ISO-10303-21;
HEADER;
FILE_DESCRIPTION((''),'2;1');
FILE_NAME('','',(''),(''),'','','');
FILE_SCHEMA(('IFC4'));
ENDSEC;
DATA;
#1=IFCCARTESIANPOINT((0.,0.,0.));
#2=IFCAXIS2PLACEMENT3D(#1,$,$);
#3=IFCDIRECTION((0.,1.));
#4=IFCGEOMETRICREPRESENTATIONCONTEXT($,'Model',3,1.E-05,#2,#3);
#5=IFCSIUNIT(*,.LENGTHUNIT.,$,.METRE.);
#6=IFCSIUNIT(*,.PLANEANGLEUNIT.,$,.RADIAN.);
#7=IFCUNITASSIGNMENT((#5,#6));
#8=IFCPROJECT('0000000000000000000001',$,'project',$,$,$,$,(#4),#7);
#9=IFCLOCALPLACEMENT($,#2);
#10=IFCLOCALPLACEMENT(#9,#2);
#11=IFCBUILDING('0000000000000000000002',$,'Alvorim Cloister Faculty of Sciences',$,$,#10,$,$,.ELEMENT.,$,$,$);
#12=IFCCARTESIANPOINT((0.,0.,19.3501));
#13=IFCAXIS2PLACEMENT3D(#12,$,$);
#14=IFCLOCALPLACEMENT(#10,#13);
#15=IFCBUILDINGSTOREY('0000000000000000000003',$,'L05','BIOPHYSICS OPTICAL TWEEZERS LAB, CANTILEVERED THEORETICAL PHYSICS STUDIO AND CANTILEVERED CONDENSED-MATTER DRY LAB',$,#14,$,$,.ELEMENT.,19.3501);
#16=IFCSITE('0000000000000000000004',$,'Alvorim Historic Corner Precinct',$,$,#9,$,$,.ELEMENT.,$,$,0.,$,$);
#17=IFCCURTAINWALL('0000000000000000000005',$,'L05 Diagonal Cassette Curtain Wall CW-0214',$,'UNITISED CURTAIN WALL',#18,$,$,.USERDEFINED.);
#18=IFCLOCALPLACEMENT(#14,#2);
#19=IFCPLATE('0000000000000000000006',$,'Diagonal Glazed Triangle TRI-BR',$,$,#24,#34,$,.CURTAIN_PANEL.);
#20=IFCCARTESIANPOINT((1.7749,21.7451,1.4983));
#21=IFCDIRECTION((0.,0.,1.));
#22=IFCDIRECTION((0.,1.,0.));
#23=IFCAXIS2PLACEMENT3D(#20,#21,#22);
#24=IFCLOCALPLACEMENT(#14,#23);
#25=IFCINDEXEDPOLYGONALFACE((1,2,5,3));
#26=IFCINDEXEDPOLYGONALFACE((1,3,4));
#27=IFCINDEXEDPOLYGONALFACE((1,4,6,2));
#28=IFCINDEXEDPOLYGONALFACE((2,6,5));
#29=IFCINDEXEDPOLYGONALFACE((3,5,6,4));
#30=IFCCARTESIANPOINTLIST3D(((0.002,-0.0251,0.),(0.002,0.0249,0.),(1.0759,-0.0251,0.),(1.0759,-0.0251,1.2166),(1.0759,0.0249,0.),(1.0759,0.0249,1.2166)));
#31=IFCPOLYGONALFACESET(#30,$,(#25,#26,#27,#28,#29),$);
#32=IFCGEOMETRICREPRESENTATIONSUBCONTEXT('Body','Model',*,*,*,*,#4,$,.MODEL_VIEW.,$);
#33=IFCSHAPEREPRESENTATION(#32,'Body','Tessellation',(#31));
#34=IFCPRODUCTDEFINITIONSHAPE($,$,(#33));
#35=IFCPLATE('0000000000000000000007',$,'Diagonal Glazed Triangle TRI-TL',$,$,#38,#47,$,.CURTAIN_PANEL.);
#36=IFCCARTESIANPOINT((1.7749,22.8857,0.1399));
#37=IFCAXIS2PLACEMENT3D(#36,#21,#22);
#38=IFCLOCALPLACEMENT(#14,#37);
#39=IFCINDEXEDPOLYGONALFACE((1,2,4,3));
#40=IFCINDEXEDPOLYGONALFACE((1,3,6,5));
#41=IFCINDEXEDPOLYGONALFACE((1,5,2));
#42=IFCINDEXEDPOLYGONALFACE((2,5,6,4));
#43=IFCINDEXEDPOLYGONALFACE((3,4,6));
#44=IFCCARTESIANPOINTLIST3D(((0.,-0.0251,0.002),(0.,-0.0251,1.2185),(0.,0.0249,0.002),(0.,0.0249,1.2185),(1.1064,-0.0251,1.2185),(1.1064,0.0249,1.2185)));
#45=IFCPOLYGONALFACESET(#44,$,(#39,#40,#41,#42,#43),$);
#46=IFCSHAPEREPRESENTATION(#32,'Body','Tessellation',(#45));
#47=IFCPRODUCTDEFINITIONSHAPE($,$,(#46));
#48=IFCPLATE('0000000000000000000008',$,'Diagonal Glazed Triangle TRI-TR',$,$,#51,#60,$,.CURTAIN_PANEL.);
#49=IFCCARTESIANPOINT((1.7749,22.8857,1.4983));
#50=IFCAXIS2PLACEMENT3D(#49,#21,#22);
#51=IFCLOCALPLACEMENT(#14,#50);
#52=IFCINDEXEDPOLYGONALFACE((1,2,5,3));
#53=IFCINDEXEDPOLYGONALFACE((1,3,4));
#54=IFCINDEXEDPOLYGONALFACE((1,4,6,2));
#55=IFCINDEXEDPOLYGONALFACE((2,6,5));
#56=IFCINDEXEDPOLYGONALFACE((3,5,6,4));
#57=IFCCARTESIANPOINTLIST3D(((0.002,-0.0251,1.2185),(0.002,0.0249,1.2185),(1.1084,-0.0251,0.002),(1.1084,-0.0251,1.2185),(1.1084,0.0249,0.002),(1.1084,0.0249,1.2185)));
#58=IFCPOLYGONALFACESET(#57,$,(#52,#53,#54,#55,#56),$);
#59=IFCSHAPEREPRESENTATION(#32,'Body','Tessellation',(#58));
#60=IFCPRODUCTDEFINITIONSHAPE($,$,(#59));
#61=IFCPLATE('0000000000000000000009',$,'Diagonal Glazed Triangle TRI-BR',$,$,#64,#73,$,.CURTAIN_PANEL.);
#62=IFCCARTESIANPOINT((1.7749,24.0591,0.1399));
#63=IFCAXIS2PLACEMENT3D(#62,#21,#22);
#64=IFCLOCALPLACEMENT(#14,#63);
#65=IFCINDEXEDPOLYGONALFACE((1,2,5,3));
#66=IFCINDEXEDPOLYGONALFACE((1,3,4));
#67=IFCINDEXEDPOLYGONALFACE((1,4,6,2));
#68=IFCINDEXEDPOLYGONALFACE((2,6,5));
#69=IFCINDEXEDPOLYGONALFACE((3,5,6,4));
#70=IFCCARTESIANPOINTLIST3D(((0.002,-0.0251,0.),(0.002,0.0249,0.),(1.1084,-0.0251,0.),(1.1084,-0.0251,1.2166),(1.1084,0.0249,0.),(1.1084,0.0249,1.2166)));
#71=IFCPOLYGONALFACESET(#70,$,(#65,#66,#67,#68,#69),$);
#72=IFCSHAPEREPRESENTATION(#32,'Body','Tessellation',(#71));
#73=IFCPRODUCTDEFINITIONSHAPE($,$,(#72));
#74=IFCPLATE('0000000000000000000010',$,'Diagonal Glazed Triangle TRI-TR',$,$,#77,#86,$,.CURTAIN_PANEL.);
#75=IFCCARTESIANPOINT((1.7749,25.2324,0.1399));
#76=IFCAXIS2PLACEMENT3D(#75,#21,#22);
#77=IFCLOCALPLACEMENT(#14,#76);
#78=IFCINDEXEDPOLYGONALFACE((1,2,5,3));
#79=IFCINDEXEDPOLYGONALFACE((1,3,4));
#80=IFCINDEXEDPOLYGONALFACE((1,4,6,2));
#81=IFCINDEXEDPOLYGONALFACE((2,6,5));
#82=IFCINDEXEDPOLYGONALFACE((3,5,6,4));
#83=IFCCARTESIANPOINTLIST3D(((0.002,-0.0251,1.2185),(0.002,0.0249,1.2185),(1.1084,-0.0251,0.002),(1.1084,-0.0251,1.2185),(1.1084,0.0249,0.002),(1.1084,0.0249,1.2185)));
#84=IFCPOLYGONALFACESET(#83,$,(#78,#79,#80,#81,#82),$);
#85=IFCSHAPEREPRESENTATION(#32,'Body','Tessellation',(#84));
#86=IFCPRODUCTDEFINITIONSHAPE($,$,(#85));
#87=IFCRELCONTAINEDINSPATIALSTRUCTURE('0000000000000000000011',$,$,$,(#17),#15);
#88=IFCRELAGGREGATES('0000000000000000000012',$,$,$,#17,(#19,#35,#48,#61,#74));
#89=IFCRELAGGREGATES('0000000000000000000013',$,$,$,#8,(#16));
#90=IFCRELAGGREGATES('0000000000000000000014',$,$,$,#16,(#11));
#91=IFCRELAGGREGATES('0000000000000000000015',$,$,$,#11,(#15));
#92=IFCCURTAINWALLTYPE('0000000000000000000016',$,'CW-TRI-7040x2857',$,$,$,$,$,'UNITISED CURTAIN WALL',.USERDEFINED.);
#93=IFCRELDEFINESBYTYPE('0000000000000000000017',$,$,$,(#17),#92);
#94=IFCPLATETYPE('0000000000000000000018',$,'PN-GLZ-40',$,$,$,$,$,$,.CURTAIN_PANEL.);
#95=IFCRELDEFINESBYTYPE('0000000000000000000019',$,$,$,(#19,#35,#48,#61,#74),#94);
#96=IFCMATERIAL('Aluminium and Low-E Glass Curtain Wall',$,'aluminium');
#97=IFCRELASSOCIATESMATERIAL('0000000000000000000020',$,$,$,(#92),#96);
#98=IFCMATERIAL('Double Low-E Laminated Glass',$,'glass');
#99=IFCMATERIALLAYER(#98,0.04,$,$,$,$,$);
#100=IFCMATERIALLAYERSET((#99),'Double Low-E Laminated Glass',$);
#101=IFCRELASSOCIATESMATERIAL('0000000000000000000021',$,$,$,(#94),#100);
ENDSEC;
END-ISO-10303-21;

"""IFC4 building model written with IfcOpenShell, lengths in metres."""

from ifc_helpers import new_model, si_unit, direction, frame, origin, place, context, subcontext, project, spatial, polyline, outline, extrude, material, layer, layer_set, type_object, element, aggregate, save


model = new_model("IFC4")

# Units and contexts
model_context = context("Model", 3, precision=1e-05, world=origin(), true_north=direction((0.0, 1.0)))
body_context = subcontext(model_context, "Body", "Model", "MODEL_VIEW")
ifc_project = project(units=[si_unit("LENGTHUNIT", "METRE"), si_unit("PLANEANGLEUNIT", "RADIAN")], contexts=[model_context])

# Site, building, storey
site_placement = place(None, origin())
site = spatial("IfcSite", under=ifc_project, at=site_placement, Name="Alvorim Historic Corner Precinct", CompositionType="ELEMENT", RefElevation=0.0)
building_placement = place(site_placement, origin())
building = spatial("IfcBuilding", under=site, at=building_placement, Name="Alvorim Cloister Faculty of Sciences", CompositionType="ELEMENT")
storey_placement = place(building_placement, frame((0.0, 0.0, 19.3501)))
storey = spatial("IfcBuildingStorey", under=building, at=storey_placement, Name="L05", Description="BIOPHYSICS OPTICAL TWEEZERS LAB, CANTILEVERED THEORETICAL PHYSICS STUDIO AND CANTILEVERED CONDENSED-MATTER DRY LAB", CompositionType="ELEMENT", Elevation=19.3501)

# Curtain wall, plates
ifc_material_1 = material(Name="Aluminium and Low-E Glass Curtain Wall", Category="aluminium")
curtain_wall_type = type_object("IfcCurtainWallType", Name="CW-TRI-7040x2857", ElementType="UNITISED CURTAIN WALL", PredefinedType="USERDEFINED", material=ifc_material_1)
curtain_wall_placement = place(storey_placement, origin())
curtain_wall = element("IfcCurtainWall", 1, at=curtain_wall_placement, inside=storey, type_object=curtain_wall_type, Name="L05 Diagonal Cassette Curtain Wall CW-0214", ObjectType="UNITISED CURTAIN WALL", PredefinedType="USERDEFINED")
ifc_material_2 = material(Name="Double Low-E Laminated Glass", Category="glass")
ifc_layer_1 = layer(ifc_material_2, 0.04)
ifc_layer_set_1 = layer_set([ifc_layer_1], Name="Double Low-E Laminated Glass")
plate_type = type_object("IfcPlateType", Name="PN-GLZ-40", PredefinedType="CURTAIN_PANEL", material=ifc_layer_set_1)
plate_1_placement = place(storey_placement, frame((1.7749, 21.7451, 1.4983), z_axis=(0.0, 0.0, 1.0), x_axis=(0.0, 1.0, 0.0)))
plate_1 = element("IfcPlate", 2, at=plate_1_placement, type_object=plate_type, Name="Diagonal Glazed Triangle TRI-BR", PredefinedType="CURTAIN_PANEL", context=body_context, shape_type="SweptSolid", body=[
    extrude(outline(polyline([(0.002, 0.0), (1.0759, 0.0), (1.0759, 1.2166), (0.002, 0.0)])), frame((0.0, 0.0249, 0.0), z_axis=(0.0, -1.0, 0.0), x_axis=(1.0, 0.0, 0.0)), (0.0, 0.0, 1.0), 0.05),
])
plate_2_placement = place(storey_placement, frame((1.7749, 22.8857, 0.1399), z_axis=(0.0, 0.0, 1.0), x_axis=(0.0, 1.0, 0.0)))
plate_2 = element("IfcPlate", 3, at=plate_2_placement, type_object=plate_type, Name="Diagonal Glazed Triangle TRI-TL", PredefinedType="CURTAIN_PANEL", context=body_context, shape_type="SweptSolid", body=[
    extrude(outline(polyline([(1.1064, 1.2185), (0.0, 1.2185), (0.0, 0.002), (1.1064, 1.2185)])), frame((0.0, 0.0249, 0.0), z_axis=(0.0, -1.0, 0.0), x_axis=(1.0, 0.0, 0.0)), (0.0, 0.0, 1.0), 0.05),
])
plate_3_placement = place(storey_placement, frame((1.7749, 22.8857, 1.4983), z_axis=(0.0, 0.0, 1.0), x_axis=(0.0, 1.0, 0.0)))
plate_3 = element("IfcPlate", 4, at=plate_3_placement, type_object=plate_type, Name="Diagonal Glazed Triangle TRI-TR", PredefinedType="CURTAIN_PANEL", context=body_context, shape_type="SweptSolid", body=[
    extrude(outline(polyline([(1.1084, 0.002), (1.1084, 1.2185), (0.002, 1.2185), (1.1084, 0.002)])), frame((0.0, 0.0249, 0.0), z_axis=(0.0, -1.0, 0.0), x_axis=(1.0, 0.0, 0.0)), (0.0, 0.0, 1.0), 0.05),
])
plate_4_placement = place(storey_placement, frame((1.7749, 24.0591, 0.1399), z_axis=(0.0, 0.0, 1.0), x_axis=(0.0, 1.0, 0.0)))
plate_4 = element("IfcPlate", 5, at=plate_4_placement, type_object=plate_type, Name="Diagonal Glazed Triangle TRI-BR", PredefinedType="CURTAIN_PANEL", context=body_context, shape_type="SweptSolid", body=[
    extrude(outline(polyline([(0.002, 0.0), (1.1084, 0.0), (1.1084, 1.2166), (0.002, 0.0)])), frame((0.0, 0.0249, 0.0), z_axis=(0.0, -1.0, 0.0), x_axis=(1.0, 0.0, 0.0)), (0.0, 0.0, 1.0), 0.05),
])
plate_5_placement = place(storey_placement, frame((1.7749, 25.2324, 0.1399), z_axis=(0.0, 0.0, 1.0), x_axis=(0.0, 1.0, 0.0)))
plate_5 = element("IfcPlate", 6, at=plate_5_placement, type_object=plate_type, Name="Diagonal Glazed Triangle TRI-TR", PredefinedType="CURTAIN_PANEL", context=body_context, shape_type="SweptSolid", body=[
    extrude(outline(polyline([(1.1084, 0.002), (1.1084, 1.2185), (0.002, 1.2185), (1.1084, 0.002)])), frame((0.0, 0.0249, 0.0), z_axis=(0.0, -1.0, 0.0), x_axis=(1.0, 0.0, 0.0)), (0.0, 0.0, 1.0), 0.05),
])
aggregate(curtain_wall, [plate_1, plate_2, plate_3, plate_4, plate_5])

save(model, "model.ifc")
